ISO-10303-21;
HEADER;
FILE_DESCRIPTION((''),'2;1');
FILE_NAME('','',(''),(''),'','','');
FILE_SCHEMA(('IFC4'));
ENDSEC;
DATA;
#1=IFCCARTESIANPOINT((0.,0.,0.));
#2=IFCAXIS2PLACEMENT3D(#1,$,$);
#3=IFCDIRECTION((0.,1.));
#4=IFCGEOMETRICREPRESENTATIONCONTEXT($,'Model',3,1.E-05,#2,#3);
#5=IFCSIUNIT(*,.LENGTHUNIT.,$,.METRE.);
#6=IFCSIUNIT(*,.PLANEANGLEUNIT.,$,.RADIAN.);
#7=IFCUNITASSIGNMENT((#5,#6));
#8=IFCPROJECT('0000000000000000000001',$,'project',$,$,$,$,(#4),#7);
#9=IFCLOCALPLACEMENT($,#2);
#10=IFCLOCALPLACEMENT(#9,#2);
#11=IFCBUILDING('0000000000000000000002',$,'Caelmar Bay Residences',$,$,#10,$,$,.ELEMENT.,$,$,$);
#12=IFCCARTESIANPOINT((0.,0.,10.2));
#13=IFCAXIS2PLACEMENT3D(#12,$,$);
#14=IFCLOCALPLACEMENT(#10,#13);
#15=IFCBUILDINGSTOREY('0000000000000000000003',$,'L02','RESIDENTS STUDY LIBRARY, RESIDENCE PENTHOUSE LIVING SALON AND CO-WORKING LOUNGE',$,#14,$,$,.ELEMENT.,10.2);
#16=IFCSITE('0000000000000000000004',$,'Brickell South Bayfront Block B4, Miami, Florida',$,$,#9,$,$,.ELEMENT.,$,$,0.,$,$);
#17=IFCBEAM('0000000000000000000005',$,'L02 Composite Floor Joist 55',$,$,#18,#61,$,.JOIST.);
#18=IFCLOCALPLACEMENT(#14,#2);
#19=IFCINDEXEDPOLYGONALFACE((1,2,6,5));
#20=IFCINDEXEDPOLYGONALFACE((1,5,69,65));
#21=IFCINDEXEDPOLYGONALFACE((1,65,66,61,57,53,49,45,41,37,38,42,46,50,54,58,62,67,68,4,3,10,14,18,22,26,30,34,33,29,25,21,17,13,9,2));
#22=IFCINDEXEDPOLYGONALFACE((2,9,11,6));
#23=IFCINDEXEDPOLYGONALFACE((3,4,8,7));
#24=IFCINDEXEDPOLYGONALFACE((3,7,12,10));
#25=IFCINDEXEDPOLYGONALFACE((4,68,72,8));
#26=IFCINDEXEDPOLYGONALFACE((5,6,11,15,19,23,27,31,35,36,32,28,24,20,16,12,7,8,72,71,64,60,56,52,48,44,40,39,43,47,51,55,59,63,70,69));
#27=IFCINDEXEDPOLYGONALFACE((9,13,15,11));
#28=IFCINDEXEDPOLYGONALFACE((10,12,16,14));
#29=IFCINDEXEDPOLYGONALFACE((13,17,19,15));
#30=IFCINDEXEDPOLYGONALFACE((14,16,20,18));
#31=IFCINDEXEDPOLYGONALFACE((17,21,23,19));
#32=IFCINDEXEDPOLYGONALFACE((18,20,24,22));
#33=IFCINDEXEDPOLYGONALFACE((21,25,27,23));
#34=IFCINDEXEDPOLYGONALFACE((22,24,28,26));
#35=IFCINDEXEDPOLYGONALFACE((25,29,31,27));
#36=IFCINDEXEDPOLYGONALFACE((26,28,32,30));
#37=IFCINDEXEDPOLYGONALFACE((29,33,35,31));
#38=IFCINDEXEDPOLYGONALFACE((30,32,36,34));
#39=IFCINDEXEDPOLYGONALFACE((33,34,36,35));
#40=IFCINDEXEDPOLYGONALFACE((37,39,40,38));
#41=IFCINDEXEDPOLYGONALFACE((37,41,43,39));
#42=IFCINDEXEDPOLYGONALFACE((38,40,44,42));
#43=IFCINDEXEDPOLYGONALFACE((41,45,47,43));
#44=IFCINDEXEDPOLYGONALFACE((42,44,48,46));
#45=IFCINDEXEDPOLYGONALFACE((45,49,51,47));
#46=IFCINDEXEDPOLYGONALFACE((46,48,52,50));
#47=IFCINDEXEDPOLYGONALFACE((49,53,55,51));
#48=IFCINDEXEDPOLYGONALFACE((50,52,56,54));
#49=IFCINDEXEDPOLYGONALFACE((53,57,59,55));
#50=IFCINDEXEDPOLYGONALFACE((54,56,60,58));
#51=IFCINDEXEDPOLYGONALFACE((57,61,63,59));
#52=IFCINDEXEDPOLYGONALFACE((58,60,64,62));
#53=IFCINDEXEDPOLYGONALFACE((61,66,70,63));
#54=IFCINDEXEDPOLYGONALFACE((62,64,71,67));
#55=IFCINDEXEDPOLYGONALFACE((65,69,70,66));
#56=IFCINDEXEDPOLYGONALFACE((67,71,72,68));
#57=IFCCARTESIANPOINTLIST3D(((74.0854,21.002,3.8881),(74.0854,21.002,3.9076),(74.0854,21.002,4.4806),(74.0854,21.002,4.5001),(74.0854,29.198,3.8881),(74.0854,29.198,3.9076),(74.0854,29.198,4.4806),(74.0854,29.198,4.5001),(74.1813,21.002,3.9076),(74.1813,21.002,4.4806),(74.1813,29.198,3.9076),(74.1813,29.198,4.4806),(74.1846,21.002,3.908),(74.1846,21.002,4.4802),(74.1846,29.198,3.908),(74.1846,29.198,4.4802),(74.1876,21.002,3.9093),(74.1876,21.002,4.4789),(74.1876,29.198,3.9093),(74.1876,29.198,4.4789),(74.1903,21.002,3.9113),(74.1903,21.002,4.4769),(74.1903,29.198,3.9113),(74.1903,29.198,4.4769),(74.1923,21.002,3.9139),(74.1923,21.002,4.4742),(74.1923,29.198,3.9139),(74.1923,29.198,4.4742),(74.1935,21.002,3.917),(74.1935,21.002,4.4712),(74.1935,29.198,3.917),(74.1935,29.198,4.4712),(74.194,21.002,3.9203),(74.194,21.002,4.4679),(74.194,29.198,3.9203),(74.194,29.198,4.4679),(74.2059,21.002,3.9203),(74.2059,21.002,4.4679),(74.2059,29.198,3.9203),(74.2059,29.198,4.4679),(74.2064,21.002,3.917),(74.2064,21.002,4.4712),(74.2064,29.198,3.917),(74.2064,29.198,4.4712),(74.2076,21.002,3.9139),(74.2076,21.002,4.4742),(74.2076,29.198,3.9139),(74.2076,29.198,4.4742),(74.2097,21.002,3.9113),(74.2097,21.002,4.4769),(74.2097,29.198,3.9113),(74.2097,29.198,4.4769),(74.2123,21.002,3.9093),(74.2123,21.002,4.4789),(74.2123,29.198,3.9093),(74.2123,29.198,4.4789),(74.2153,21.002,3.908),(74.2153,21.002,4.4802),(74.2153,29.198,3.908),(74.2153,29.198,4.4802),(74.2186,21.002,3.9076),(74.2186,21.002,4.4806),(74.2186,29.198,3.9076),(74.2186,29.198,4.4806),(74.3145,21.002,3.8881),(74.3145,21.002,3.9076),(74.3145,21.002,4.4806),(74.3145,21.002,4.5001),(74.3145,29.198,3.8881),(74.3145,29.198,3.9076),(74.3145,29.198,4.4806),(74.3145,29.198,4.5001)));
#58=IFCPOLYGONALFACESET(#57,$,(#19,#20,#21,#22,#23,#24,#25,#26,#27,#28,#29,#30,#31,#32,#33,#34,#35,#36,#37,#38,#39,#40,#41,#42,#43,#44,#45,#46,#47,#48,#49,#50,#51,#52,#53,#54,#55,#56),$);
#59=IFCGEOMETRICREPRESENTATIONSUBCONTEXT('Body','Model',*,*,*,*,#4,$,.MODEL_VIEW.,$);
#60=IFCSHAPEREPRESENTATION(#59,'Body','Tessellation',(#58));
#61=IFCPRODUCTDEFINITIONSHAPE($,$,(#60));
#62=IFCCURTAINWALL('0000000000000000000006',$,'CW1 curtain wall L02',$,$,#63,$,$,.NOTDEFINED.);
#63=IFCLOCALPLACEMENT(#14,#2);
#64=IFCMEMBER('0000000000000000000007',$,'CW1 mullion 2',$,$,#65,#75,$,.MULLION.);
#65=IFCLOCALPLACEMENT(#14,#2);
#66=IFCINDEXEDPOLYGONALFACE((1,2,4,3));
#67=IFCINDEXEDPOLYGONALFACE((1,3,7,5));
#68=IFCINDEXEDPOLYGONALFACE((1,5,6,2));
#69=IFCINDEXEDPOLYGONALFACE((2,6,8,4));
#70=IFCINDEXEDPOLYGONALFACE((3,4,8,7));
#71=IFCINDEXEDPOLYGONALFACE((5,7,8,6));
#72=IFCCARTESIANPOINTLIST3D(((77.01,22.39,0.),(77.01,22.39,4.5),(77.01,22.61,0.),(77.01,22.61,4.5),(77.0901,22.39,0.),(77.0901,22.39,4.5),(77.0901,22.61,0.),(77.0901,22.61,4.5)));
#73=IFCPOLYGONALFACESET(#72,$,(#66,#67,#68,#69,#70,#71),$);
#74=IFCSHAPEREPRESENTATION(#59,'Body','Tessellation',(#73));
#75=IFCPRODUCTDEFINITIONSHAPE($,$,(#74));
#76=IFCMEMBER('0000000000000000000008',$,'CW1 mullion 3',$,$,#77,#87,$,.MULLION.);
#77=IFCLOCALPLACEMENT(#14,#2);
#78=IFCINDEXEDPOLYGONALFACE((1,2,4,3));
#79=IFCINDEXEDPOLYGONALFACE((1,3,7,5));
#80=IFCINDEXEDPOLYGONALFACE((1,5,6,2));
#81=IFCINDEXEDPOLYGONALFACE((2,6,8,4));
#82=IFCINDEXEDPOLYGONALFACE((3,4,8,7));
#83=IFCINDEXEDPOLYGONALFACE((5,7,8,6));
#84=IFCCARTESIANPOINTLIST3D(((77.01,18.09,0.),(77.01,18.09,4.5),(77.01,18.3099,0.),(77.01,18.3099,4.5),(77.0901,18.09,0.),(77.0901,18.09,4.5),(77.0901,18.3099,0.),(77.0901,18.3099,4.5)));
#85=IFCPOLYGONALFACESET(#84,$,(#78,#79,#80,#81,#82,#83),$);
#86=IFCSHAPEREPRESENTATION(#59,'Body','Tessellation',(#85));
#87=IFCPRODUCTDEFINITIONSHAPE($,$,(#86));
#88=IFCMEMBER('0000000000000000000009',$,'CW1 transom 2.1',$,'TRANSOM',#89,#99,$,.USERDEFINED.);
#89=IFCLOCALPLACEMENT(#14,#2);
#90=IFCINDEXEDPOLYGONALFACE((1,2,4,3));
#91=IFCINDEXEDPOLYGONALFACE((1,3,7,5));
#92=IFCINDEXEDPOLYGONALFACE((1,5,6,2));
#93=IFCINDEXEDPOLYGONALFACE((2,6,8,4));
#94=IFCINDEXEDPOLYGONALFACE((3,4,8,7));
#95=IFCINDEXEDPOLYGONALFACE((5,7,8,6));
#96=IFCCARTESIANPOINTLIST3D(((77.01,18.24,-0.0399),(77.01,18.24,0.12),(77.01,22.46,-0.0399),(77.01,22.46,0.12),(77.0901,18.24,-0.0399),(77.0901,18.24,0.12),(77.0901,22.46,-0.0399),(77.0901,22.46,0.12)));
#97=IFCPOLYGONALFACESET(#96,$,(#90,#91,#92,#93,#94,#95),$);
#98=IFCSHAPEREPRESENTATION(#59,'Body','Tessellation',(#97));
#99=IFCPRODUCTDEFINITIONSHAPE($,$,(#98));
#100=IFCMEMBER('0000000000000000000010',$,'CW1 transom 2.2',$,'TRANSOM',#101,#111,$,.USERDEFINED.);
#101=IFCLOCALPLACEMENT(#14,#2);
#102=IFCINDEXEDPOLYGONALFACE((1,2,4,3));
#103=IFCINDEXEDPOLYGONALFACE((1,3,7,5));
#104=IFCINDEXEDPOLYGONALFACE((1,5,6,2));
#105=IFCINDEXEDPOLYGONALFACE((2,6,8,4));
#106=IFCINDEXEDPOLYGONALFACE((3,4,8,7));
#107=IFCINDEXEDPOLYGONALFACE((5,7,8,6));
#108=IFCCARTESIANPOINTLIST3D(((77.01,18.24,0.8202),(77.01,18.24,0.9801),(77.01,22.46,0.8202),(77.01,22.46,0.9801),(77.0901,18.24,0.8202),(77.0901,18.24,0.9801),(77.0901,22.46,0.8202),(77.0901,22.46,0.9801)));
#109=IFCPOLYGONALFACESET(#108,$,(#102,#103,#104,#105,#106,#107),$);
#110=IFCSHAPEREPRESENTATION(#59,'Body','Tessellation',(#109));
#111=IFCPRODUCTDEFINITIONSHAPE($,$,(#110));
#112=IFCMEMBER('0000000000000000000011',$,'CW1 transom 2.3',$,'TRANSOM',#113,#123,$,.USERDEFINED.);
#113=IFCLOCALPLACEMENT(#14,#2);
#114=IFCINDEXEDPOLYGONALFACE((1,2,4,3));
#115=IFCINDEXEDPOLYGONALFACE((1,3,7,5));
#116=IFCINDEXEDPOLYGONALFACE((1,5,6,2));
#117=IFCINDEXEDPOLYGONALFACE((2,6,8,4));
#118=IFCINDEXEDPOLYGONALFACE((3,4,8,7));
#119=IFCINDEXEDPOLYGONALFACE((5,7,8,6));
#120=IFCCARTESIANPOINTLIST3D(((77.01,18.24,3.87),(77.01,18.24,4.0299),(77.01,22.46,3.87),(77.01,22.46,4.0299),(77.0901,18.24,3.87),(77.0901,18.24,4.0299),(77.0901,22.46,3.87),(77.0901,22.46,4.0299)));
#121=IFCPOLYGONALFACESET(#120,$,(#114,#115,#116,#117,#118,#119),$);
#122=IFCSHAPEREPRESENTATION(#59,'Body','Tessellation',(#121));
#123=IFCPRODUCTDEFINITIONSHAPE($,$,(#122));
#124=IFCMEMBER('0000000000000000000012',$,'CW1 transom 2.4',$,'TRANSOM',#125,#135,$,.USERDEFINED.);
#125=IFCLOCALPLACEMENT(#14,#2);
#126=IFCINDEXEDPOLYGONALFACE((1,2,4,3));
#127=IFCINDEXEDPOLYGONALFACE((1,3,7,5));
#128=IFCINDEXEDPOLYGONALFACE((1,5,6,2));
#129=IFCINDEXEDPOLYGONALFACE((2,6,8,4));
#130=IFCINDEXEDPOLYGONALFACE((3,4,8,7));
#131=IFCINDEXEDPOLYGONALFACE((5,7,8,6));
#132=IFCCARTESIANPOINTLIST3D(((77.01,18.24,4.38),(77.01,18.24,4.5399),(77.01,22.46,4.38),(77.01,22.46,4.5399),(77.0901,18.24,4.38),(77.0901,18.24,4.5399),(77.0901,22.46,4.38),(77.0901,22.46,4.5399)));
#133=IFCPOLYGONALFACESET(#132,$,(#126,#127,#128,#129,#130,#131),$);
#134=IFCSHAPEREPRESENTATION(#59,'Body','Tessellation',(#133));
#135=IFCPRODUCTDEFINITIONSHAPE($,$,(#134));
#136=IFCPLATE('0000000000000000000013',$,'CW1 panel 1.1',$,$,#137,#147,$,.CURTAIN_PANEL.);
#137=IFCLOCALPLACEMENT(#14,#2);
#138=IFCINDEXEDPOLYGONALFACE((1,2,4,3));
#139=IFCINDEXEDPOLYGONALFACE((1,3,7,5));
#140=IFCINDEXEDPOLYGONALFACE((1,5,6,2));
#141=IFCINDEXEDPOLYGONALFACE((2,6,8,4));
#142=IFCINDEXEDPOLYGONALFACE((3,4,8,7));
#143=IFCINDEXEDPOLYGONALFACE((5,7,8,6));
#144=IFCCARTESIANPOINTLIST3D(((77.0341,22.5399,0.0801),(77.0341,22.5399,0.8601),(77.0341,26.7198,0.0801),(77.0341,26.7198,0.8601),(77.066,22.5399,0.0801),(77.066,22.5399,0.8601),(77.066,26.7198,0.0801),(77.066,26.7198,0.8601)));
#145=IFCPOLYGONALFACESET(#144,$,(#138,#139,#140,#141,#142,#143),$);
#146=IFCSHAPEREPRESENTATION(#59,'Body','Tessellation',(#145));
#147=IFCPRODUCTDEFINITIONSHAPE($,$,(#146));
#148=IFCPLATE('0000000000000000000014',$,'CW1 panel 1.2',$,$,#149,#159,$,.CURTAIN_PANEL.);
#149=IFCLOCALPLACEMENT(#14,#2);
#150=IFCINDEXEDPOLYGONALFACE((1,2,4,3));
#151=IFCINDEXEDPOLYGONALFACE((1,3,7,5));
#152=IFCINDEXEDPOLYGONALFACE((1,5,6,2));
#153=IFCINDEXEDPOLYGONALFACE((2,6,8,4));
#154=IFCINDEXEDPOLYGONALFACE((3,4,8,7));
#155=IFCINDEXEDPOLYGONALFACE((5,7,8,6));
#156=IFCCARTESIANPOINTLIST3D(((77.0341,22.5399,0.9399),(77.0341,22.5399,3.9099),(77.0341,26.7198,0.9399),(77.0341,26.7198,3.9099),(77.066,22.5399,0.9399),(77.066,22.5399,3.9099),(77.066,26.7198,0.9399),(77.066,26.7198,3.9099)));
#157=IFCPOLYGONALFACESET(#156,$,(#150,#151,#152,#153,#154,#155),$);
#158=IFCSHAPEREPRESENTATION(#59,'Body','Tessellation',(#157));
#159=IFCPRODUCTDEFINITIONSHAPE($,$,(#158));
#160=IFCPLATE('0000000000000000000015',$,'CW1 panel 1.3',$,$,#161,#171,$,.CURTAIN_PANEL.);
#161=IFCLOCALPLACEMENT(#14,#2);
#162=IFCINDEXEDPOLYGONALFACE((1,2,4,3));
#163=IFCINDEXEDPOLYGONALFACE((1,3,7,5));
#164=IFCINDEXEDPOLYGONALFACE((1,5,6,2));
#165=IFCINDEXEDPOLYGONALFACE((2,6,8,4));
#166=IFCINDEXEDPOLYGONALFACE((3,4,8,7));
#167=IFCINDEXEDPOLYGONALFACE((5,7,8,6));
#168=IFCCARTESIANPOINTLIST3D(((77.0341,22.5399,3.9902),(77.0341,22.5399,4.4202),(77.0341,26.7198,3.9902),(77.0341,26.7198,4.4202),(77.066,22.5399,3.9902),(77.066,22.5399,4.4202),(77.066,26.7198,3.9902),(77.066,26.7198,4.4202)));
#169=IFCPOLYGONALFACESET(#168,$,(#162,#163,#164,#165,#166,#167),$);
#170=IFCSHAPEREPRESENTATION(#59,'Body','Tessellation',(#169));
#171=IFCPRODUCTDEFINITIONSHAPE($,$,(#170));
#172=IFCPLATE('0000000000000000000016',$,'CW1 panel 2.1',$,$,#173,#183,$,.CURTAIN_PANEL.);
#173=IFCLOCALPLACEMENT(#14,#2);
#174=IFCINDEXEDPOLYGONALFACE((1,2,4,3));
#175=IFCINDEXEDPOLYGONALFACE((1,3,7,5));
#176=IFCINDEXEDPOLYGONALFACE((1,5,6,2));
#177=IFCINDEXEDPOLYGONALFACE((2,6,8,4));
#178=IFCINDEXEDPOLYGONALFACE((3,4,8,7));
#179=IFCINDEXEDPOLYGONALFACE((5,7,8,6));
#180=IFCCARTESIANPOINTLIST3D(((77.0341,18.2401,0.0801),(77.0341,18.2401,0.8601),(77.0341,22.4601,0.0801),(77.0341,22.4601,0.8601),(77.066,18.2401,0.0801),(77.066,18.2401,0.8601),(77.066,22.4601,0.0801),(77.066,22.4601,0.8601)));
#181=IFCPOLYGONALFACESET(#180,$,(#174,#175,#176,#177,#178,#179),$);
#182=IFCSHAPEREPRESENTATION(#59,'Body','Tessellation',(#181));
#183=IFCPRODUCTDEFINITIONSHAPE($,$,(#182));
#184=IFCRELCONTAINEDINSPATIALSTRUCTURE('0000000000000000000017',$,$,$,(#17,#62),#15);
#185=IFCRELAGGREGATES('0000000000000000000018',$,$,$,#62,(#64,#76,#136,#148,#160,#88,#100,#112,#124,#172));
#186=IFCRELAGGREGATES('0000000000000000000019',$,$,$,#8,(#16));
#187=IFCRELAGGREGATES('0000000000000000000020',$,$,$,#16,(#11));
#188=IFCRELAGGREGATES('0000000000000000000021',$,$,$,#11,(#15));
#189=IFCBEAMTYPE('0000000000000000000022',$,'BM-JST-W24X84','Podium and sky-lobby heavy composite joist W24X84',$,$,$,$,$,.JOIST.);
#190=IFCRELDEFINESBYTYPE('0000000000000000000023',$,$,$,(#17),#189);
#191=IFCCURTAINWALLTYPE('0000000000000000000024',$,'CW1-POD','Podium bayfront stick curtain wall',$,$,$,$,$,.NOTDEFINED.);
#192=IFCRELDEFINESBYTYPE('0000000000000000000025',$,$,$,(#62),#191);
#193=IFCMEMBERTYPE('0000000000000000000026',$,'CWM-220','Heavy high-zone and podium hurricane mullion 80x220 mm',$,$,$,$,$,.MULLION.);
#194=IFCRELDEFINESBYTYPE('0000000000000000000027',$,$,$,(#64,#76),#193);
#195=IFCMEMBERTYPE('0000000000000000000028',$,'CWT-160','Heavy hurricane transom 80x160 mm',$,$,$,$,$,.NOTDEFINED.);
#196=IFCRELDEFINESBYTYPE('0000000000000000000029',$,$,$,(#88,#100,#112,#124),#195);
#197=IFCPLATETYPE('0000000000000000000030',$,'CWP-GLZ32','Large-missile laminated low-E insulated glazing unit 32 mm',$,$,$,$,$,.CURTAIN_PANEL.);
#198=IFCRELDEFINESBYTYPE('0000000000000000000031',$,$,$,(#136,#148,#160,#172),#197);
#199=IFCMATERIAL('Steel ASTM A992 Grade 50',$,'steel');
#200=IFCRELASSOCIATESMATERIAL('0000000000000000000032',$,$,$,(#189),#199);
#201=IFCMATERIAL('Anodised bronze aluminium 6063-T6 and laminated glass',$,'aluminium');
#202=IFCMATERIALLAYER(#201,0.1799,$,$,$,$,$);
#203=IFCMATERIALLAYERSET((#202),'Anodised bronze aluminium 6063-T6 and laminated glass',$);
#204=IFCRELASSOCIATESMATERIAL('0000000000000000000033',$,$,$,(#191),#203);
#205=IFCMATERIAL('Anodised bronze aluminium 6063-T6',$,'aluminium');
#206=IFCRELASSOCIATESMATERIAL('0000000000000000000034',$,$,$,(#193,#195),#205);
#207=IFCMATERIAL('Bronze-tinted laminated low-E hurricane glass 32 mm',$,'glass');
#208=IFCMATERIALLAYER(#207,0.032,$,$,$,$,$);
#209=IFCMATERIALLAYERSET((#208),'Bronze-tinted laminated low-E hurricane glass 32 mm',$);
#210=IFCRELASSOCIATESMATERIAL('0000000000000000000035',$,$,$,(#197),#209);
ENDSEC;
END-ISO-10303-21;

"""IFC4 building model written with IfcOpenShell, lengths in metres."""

from ifc_helpers import new_model, si_unit, direction, frame, origin, origin_2d, place, context, subcontext, project, spatial, rectangle, i_section, extrude, material, layer, layer_set, material_profile, profile_set, type_object, element, aggregate, save


model = new_model("IFC4")

# Units and contexts
model_context = context("Model", 3, precision=1e-05, world=origin(), true_north=direction((0.0, 1.0)))
body_context = subcontext(model_context, "Body", "Model", "MODEL_VIEW")
ifc_project = project(units=[si_unit("LENGTHUNIT", "METRE"), si_unit("PLANEANGLEUNIT", "RADIAN")], contexts=[model_context])

# Site, building, storey
site_placement = place(None, origin())
site = spatial("IfcSite", under=ifc_project, at=site_placement, Name="Brickell South Bayfront Block B4, Miami, Florida", CompositionType="ELEMENT", RefElevation=0.0)
building_placement = place(site_placement, origin())
building = spatial("IfcBuilding", under=site, at=building_placement, Name="Caelmar Bay Residences", CompositionType="ELEMENT")
storey_placement = place(building_placement, frame((0.0, 0.0, 10.2)))
storey = spatial("IfcBuildingStorey", under=building, at=storey_placement, Name="L02", Description="RESIDENTS STUDY LIBRARY, RESIDENCE PENTHOUSE LIVING SALON AND CO-WORKING LOUNGE", CompositionType="ELEMENT", Elevation=10.2)

# Beam
ifc_material_1 = material(Name="Steel ASTM A992 Grade 50", Category="steel")
ifc_material_profile_1 = material_profile(ifc_material_1, i_section(OverallWidth=0.229, OverallDepth=0.6121, WebThickness=0.012, FlangeThickness=0.0195, FilletRadius=0.0127, at=origin_2d()), Name="W24X84")
ifc_profile_set_1 = profile_set([ifc_material_profile_1], Name="Steel ASTM A992 Grade 50")
beam_type_1 = type_object("IfcBeamType", Name="BM-JST-W24X84", Description="Podium and sky-lobby heavy composite joist W24X84", PredefinedType="JOIST", material=ifc_profile_set_1)
for number, where, z_axis, x_axis, name in (
    (1, (74.2, 21.002, 4.1941), (0.0, 1.0, 0.0), (-1.0, 0.0, 0.0), "L02 Composite Floor Joist 55"),
):
    element("IfcBeam", number, at=place(storey_placement, frame(where, z_axis=z_axis, x_axis=x_axis)), inside=storey, type_object=beam_type_1, Name=name, PredefinedType="JOIST", context=body_context, shape_type="SweptSolid", body=[
        extrude(i_section(OverallWidth=0.229, OverallDepth=0.6121, WebThickness=0.012, FlangeThickness=0.0195, FilletRadius=0.0127, at=origin_2d()), origin(), (0.0, 0.0, 1.0), 8.196),
    ])

# Curtain wall, members, plates
ifc_material_2 = material(Name="Anodised bronze aluminium 6063-T6 and laminated glass", Category="aluminium")
ifc_layer_1 = layer(ifc_material_2, 0.1799)
ifc_layer_set_1 = layer_set([ifc_layer_1], Name="Anodised bronze aluminium 6063-T6 and laminated glass")
curtain_wall_type = type_object("IfcCurtainWallType", Name="CW1-POD", Description="Podium bayfront stick curtain wall", PredefinedType="NOTDEFINED", material=ifc_layer_set_1)
curtain_wall_placement = place(storey_placement, origin())
curtain_wall = element("IfcCurtainWall", 2, at=curtain_wall_placement, inside=storey, type_object=curtain_wall_type, Name="CW1 curtain wall L02", PredefinedType="NOTDEFINED")
ifc_material_3 = material(Name="Anodised bronze aluminium 6063-T6", Category="aluminium")
ifc_material_profile_2 = material_profile(ifc_material_3, rectangle(XDim=0.0801, YDim=0.22, at=origin_2d()), Name="CWM-80X220")
ifc_profile_set_2 = profile_set([ifc_material_profile_2], Name="Anodised bronze aluminium 6063-T6")
member_type_1 = type_object("IfcMemberType", Name="CWM-220", Description="Heavy high-zone and podium hurricane mullion 80x220 mm", PredefinedType="MULLION", material=ifc_profile_set_2)
member_1_placement = place(storey_placement, frame((77.05, 22.5, 0.0), z_axis=(0.0, 0.0, 1.0), x_axis=(1.0, 0.0, 0.0)))
member_1 = element("IfcMember", 3, at=member_1_placement, type_object=member_type_1, Name="CW1 mullion 2", PredefinedType="MULLION", context=body_context, shape_type="SweptSolid", body=[
    extrude(rectangle(XDim=0.0801, YDim=0.22, at=origin_2d()), origin(), (0.0, 0.0, 1.0), 4.5),
])
member_2_placement = place(storey_placement, frame((77.05, 18.2, 0.0), z_axis=(0.0, 0.0, 1.0), x_axis=(1.0, 0.0, 0.0)))
member_2 = element("IfcMember", 4, at=member_2_placement, type_object=member_type_1, Name="CW1 mullion 3", PredefinedType="MULLION", context=body_context, shape_type="SweptSolid", body=[
    extrude(rectangle(XDim=0.0801, YDim=0.22, at=origin_2d()), origin(), (0.0, 0.0, 1.0), 4.5),
])
ifc_material_profile_3 = material_profile(ifc_material_3, rectangle(XDim=0.0801, YDim=0.1599, at=origin_2d()), Name="CWT-80X160")
ifc_profile_set_3 = profile_set([ifc_material_profile_3], Name="Anodised bronze aluminium 6063-T6")
member_type_2 = type_object("IfcMemberType", Name="CWT-160", Description="Heavy hurricane transom 80x160 mm", PredefinedType="NOTDEFINED", material=ifc_profile_set_3)
member_3_placement = place(storey_placement, frame((77.05, 22.46, 0.04), z_axis=(0.0, -1.0, 0.0), x_axis=(1.0, 0.0, 0.0)))
member_3 = element("IfcMember", 5, at=member_3_placement, type_object=member_type_2, Name="CW1 transom 2.1", ObjectType="TRANSOM", PredefinedType="USERDEFINED", context=body_context, shape_type="SweptSolid", body=[
    extrude(rectangle(XDim=0.0801, YDim=0.1599, at=origin_2d()), origin(), (0.0, 0.0, 1.0), 4.22),
])
member_4_placement = place(storey_placement, frame((77.05, 22.46, 0.9001), z_axis=(0.0, -1.0, 0.0), x_axis=(1.0, 0.0, 0.0)))
member_4 = element("IfcMember", 6, at=member_4_placement, type_object=member_type_2, Name="CW1 transom 2.2", ObjectType="TRANSOM", PredefinedType="USERDEFINED", context=body_context, shape_type="SweptSolid", body=[
    extrude(rectangle(XDim=0.0801, YDim=0.1599, at=origin_2d()), origin(), (0.0, 0.0, 1.0), 4.22),
])
member_5_placement = place(storey_placement, frame((77.05, 22.46, 3.95), z_axis=(0.0, -1.0, 0.0), x_axis=(1.0, 0.0, 0.0)))
member_5 = element("IfcMember", 7, at=member_5_placement, type_object=member_type_2, Name="CW1 transom 2.3", ObjectType="TRANSOM", PredefinedType="USERDEFINED", context=body_context, shape_type="SweptSolid", body=[
    extrude(rectangle(XDim=0.0801, YDim=0.1599, at=origin_2d()), origin(), (0.0, 0.0, 1.0), 4.22),
])
member_6_placement = place(storey_placement, frame((77.05, 22.46, 4.46), z_axis=(0.0, -1.0, 0.0), x_axis=(1.0, 0.0, 0.0)))
member_6 = element("IfcMember", 8, at=member_6_placement, type_object=member_type_2, Name="CW1 transom 2.4", ObjectType="TRANSOM", PredefinedType="USERDEFINED", context=body_context, shape_type="SweptSolid", body=[
    extrude(rectangle(XDim=0.0801, YDim=0.1599, at=origin_2d()), origin(), (0.0, 0.0, 1.0), 4.22),
])
ifc_material_4 = material(Name="Bronze-tinted laminated low-E hurricane glass 32 mm", Category="glass")
ifc_layer_2 = layer(ifc_material_4, 0.032)
ifc_layer_set_2 = layer_set([ifc_layer_2], Name="Bronze-tinted laminated low-E hurricane glass 32 mm")
plate_type = type_object("IfcPlateType", Name="CWP-GLZ32", Description="Large-missile laminated low-E insulated glazing unit 32 mm", PredefinedType="CURTAIN_PANEL", material=ifc_layer_set_2)
plate_1_placement = place(storey_placement, frame((77.05, 24.6299, 0.0801), z_axis=(0.0, 0.0, 1.0), x_axis=(0.0, -1.0, 0.0)))
plate_1 = element("IfcPlate", 9, at=plate_1_placement, type_object=plate_type, Name="CW1 panel 1.1", PredefinedType="CURTAIN_PANEL", context=body_context, shape_type="SweptSolid", body=[
    extrude(rectangle(XDim=4.1799, YDim=0.032, at=origin_2d()), origin(), (0.0, 0.0, 1.0), 0.78),
])
plate_2_placement = place(storey_placement, frame((77.05, 24.6299, 0.9399), z_axis=(0.0, 0.0, 1.0), x_axis=(0.0, -1.0, 0.0)))
plate_2 = element("IfcPlate", 10, at=plate_2_placement, type_object=plate_type, Name="CW1 panel 1.2", PredefinedType="CURTAIN_PANEL", context=body_context, shape_type="SweptSolid", body=[
    extrude(rectangle(XDim=4.1799, YDim=0.032, at=origin_2d()), origin(), (0.0, 0.0, 1.0), 2.97),
])
plate_3_placement = place(storey_placement, frame((77.05, 24.6299, 3.9902), z_axis=(0.0, 0.0, 1.0), x_axis=(0.0, -1.0, 0.0)))
plate_3 = element("IfcPlate", 11, at=plate_3_placement, type_object=plate_type, Name="CW1 panel 1.3", PredefinedType="CURTAIN_PANEL", context=body_context, shape_type="SweptSolid", body=[
    extrude(rectangle(XDim=4.1799, YDim=0.032, at=origin_2d()), origin(), (0.0, 0.0, 1.0), 0.4299),
])
plate_4_placement = place(storey_placement, frame((77.05, 20.3501, 0.0801), z_axis=(0.0, 0.0, 1.0), x_axis=(0.0, -1.0, 0.0)))
plate_4 = element("IfcPlate", 12, at=plate_4_placement, type_object=plate_type, Name="CW1 panel 2.1", PredefinedType="CURTAIN_PANEL", context=body_context, shape_type="SweptSolid", body=[
    extrude(rectangle(XDim=4.22, YDim=0.032, at=origin_2d()), origin(), (0.0, 0.0, 1.0), 0.78),
])
aggregate(curtain_wall, [member_1, member_2, plate_1, plate_2, plate_3, member_3, member_4, member_5, member_6, plate_4])

save(model, "model.ifc")
